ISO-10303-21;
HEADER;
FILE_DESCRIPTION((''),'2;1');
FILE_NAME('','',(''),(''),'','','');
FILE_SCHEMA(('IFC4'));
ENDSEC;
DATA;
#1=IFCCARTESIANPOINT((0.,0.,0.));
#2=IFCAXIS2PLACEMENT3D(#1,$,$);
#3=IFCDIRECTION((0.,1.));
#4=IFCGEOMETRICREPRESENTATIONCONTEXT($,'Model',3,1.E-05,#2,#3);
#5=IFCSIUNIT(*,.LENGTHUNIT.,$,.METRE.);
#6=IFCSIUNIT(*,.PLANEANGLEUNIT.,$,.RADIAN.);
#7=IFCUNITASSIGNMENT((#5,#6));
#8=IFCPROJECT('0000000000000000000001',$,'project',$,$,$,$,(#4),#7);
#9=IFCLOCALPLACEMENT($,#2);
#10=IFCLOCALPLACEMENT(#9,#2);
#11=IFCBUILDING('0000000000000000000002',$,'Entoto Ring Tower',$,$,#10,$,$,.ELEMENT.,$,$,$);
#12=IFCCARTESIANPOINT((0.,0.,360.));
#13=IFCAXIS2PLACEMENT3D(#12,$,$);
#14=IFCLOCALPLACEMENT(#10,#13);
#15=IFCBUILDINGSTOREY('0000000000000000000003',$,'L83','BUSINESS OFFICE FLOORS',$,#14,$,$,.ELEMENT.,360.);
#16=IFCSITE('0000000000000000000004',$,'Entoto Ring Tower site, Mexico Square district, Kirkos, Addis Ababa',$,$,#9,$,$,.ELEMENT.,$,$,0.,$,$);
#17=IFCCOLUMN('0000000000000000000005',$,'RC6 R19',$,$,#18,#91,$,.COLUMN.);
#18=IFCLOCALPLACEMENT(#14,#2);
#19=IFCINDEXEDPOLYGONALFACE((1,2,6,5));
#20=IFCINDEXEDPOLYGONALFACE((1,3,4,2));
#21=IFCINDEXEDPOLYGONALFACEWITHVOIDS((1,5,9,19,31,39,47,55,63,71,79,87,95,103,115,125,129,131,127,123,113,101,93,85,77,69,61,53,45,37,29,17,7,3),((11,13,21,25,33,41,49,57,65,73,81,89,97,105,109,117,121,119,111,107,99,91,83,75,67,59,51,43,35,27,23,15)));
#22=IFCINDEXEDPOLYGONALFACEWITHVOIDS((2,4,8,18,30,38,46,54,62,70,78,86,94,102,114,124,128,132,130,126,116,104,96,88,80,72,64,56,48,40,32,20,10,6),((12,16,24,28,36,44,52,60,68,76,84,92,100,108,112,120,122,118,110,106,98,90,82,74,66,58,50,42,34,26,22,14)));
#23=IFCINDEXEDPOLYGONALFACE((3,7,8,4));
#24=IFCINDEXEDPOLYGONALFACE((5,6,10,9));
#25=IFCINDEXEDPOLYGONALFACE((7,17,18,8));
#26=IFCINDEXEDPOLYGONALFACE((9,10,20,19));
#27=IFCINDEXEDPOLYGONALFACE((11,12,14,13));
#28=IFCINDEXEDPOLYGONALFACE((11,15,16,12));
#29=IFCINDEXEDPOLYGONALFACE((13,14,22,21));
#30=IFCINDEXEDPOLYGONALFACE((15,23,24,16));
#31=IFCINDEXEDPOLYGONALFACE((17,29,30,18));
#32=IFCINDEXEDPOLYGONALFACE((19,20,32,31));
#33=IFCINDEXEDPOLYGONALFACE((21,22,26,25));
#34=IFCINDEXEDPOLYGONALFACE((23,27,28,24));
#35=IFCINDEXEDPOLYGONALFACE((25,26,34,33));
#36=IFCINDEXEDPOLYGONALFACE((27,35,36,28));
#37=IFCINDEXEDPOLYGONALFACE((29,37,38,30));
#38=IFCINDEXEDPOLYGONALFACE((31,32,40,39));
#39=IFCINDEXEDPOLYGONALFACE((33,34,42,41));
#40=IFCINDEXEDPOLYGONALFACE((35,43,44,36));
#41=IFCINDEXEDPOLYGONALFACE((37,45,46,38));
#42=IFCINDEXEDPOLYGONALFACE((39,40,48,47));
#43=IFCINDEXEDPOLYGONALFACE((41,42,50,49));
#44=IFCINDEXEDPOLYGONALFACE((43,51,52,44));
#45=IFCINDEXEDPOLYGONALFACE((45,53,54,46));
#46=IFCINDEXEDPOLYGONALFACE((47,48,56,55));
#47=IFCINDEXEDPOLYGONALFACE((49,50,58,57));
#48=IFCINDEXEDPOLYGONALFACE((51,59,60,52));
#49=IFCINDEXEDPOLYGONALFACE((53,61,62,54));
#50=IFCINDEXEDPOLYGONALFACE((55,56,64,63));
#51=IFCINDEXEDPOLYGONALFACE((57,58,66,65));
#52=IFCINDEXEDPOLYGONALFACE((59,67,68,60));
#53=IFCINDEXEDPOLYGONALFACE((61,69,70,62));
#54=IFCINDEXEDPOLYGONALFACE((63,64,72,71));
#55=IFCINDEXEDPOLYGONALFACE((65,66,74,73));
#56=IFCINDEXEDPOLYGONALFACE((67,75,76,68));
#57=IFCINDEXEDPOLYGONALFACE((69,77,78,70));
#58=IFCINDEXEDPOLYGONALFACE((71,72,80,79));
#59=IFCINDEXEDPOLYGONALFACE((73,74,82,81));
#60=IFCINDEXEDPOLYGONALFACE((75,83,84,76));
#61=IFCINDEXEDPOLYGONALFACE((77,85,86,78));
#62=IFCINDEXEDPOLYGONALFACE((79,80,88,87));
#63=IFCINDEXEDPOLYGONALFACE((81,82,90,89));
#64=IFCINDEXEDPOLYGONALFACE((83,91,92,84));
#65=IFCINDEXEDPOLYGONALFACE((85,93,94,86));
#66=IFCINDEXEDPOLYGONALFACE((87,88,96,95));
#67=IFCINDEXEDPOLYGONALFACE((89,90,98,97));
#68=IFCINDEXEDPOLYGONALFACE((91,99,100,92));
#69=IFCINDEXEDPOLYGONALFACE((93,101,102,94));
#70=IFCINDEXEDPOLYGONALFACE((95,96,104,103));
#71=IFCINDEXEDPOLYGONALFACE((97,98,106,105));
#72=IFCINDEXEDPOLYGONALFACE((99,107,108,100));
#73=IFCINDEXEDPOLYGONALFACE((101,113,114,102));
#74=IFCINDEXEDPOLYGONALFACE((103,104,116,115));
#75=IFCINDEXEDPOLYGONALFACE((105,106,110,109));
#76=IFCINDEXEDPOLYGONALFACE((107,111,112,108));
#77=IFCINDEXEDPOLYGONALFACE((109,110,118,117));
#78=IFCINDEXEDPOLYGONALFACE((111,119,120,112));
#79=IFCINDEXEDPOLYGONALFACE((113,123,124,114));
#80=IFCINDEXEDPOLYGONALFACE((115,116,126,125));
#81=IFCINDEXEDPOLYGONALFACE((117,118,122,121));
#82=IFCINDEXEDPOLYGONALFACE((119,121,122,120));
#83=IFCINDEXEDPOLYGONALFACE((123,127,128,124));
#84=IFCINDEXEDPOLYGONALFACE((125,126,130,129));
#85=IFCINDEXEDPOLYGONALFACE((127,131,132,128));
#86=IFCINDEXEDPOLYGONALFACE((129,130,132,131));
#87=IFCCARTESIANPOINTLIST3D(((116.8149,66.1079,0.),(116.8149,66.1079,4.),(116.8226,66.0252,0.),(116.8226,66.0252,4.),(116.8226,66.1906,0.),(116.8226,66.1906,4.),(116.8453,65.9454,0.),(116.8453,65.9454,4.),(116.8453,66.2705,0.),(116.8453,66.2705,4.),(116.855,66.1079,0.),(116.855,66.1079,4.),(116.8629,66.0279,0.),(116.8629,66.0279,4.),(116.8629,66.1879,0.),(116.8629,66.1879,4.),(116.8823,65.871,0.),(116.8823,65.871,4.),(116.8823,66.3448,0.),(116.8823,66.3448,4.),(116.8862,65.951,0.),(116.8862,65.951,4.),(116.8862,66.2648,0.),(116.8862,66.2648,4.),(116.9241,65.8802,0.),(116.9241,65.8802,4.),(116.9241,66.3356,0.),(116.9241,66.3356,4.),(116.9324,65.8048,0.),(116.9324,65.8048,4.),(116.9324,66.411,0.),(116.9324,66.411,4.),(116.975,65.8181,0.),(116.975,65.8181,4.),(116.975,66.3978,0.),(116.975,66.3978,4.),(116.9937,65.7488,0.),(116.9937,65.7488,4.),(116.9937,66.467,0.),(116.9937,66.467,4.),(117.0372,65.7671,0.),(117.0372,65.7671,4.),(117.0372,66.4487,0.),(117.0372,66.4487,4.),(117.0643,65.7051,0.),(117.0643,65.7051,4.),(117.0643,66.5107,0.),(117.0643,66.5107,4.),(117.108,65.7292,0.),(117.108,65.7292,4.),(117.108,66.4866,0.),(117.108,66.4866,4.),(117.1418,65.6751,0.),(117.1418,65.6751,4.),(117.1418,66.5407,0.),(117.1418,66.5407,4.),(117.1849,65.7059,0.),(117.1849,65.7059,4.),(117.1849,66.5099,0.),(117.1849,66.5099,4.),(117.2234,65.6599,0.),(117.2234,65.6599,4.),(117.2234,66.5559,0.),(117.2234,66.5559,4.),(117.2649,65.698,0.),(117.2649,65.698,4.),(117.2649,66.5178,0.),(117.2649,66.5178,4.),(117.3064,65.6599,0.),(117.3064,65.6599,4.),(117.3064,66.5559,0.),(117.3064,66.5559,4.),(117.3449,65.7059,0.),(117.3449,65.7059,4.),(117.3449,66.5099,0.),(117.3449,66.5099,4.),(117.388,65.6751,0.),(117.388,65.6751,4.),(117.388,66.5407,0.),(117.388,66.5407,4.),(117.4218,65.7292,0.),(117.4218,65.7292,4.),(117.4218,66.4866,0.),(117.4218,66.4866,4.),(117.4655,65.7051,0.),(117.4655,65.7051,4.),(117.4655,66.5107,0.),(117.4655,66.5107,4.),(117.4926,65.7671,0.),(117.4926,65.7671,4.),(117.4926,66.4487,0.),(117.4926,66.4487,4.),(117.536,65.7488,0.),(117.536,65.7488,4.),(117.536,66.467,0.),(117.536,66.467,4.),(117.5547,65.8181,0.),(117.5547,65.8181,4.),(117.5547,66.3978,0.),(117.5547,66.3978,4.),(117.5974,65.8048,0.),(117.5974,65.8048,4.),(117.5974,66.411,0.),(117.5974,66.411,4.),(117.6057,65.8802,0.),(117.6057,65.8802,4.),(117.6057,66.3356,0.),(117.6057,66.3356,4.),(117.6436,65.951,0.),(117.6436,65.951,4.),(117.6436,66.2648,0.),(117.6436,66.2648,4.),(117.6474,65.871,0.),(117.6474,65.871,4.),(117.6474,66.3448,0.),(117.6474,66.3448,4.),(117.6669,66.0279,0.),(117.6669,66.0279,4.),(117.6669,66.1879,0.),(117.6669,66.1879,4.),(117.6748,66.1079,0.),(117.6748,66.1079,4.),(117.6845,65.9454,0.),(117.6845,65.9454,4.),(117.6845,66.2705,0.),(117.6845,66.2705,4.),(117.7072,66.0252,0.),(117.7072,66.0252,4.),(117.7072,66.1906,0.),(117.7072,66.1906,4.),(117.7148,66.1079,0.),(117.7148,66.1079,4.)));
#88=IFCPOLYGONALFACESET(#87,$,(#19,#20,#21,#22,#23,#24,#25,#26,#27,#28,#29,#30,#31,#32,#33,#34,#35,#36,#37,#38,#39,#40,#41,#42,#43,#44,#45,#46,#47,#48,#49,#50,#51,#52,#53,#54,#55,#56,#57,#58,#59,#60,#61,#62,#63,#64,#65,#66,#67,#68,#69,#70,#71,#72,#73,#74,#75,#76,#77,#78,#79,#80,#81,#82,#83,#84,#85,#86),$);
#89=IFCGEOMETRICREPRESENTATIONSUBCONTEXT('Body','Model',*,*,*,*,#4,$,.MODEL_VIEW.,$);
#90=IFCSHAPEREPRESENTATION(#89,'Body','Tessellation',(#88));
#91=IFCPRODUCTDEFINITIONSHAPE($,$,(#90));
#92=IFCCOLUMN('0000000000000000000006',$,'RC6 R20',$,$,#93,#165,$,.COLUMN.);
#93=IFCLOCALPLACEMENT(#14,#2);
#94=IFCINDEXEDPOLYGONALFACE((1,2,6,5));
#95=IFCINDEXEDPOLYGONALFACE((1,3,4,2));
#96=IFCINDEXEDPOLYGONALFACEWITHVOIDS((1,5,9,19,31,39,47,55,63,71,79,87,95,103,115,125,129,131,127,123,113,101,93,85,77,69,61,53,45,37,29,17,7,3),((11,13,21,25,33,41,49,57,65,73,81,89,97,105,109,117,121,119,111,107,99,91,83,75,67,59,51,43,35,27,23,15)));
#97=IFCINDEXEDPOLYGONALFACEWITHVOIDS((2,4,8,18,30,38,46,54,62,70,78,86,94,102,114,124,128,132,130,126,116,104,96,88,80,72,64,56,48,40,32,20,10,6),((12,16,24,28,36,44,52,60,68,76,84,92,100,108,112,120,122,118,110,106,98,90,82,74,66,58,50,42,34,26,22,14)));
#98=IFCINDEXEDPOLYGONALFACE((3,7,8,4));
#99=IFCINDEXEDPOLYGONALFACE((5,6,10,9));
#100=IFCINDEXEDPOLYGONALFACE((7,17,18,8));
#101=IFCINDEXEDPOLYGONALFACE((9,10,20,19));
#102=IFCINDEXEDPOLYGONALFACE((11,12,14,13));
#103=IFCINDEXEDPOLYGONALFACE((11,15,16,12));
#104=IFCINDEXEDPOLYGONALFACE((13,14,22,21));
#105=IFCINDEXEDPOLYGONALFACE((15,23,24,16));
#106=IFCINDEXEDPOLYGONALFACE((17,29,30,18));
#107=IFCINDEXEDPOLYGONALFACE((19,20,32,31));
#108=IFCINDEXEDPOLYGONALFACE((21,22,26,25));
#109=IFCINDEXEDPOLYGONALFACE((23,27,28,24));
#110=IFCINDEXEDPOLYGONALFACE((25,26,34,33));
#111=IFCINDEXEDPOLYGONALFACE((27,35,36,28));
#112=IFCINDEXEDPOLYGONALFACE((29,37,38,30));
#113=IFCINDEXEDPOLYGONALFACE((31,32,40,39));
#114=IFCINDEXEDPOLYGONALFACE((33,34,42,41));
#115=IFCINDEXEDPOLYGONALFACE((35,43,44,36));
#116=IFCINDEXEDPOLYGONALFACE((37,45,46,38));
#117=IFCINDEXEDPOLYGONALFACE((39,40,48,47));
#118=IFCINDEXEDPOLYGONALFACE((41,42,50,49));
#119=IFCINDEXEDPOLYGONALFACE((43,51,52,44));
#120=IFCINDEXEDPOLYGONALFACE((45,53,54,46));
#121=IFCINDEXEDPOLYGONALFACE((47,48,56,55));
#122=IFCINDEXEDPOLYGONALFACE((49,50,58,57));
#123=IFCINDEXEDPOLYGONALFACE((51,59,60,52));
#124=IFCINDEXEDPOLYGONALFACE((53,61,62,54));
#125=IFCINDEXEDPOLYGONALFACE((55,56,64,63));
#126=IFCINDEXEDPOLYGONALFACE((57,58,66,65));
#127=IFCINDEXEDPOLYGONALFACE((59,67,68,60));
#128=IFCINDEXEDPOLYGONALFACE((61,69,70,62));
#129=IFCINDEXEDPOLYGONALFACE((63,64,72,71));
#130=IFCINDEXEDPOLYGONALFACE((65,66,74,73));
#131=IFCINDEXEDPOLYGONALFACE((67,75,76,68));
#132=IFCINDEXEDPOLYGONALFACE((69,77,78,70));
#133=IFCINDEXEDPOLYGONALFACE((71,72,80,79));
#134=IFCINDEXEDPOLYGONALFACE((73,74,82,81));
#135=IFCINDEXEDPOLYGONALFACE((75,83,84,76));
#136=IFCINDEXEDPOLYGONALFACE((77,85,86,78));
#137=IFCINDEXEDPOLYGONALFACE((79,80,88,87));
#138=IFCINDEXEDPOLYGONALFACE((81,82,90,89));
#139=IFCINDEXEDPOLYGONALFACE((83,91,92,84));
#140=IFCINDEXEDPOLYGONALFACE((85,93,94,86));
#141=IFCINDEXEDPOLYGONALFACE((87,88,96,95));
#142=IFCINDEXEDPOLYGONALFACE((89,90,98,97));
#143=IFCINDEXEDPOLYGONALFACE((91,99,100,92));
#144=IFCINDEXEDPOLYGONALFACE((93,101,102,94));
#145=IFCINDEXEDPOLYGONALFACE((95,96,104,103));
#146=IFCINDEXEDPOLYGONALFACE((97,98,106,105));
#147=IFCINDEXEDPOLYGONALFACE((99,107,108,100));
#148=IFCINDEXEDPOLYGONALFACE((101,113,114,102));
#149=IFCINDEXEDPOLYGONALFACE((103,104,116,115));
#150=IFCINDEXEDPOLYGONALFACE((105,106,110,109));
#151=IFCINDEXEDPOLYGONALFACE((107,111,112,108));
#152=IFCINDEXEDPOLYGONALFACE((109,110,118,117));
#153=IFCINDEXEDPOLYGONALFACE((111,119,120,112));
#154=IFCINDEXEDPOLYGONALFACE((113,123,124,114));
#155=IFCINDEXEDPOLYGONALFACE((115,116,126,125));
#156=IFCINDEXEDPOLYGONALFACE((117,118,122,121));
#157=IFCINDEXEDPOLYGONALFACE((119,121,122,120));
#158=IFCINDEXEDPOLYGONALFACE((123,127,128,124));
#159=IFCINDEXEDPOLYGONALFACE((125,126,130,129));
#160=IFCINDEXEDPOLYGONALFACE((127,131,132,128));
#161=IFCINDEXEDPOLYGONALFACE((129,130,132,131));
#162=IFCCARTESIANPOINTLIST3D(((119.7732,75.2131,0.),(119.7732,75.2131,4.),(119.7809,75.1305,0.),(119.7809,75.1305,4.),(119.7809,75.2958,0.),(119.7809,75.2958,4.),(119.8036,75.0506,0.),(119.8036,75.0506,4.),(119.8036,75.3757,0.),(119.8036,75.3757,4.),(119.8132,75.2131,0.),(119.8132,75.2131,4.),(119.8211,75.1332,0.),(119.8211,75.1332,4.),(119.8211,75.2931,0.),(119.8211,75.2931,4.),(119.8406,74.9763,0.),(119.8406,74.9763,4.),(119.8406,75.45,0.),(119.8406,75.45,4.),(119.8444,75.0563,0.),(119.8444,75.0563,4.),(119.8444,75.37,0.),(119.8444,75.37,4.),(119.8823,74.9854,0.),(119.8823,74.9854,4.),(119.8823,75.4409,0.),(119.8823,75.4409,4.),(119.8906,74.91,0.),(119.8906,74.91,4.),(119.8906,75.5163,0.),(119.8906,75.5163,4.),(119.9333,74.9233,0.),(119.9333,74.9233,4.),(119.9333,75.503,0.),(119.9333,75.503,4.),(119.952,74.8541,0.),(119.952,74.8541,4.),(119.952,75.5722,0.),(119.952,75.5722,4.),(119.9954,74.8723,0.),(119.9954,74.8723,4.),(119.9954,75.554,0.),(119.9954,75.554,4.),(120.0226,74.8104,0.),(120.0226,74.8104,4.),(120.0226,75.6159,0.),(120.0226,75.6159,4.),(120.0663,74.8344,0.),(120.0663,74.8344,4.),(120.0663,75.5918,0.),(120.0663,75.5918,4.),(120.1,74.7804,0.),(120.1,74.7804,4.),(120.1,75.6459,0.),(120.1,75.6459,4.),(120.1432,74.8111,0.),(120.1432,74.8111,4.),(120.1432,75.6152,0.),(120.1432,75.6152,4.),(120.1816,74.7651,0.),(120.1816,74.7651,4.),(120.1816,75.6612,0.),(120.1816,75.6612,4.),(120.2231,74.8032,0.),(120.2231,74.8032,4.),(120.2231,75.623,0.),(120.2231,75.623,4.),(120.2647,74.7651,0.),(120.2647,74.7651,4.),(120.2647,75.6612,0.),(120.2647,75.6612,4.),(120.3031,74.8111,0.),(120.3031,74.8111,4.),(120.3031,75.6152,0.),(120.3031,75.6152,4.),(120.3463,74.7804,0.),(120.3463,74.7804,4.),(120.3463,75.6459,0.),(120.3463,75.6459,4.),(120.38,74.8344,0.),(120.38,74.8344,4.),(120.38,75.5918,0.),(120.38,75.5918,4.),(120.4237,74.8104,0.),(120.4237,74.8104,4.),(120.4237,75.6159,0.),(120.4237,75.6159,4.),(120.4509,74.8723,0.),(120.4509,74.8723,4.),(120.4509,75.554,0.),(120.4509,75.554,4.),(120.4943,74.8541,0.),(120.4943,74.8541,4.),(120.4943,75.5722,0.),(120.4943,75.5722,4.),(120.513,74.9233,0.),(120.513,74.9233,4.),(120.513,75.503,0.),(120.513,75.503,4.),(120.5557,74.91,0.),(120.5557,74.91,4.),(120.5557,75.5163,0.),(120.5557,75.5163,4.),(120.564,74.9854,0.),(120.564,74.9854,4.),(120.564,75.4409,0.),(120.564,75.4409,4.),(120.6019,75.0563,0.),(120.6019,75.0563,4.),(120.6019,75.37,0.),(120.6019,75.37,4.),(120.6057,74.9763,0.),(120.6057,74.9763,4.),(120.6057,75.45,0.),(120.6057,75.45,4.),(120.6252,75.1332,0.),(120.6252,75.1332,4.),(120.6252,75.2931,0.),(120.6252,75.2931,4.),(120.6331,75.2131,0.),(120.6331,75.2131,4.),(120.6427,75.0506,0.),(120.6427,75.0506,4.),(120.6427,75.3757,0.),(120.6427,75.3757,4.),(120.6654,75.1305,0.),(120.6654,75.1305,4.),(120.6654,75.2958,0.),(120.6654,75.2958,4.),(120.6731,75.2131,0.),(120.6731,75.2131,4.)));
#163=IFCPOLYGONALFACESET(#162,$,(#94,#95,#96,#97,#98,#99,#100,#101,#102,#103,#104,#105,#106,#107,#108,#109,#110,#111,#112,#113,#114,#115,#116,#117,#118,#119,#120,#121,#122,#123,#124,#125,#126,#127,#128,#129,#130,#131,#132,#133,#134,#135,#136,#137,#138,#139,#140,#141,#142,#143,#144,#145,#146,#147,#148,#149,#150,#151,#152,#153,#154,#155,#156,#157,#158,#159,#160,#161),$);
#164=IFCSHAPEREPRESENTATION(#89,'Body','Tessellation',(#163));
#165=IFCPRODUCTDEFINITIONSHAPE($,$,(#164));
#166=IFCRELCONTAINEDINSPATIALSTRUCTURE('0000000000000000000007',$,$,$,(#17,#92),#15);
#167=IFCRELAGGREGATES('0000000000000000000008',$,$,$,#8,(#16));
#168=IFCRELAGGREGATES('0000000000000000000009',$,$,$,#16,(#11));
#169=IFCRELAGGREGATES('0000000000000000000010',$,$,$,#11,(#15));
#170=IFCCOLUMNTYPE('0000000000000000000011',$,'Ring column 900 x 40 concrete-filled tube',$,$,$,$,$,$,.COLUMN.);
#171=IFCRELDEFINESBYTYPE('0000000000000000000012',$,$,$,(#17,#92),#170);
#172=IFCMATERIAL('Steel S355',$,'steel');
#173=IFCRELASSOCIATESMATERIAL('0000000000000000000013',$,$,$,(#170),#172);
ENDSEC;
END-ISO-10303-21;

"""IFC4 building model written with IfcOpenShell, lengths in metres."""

from ifc_helpers import new_model, si_unit, direction, frame, origin, origin_2d, place, context, subcontext, project, spatial, circle, hollow_circle, extrude, material, material_profile, profile_set, type_object, element, save


model = new_model("IFC4")

# Units and contexts
model_context = context("Model", 3, precision=1e-05, world=origin(), true_north=direction((0.0, 1.0)))
body_context = subcontext(model_context, "Body", "Model", "MODEL_VIEW")
ifc_project = project(units=[si_unit("LENGTHUNIT", "METRE"), si_unit("PLANEANGLEUNIT", "RADIAN")], contexts=[model_context])

# Site, building, storey
site_placement = place(None, origin())
site = spatial("IfcSite", under=ifc_project, at=site_placement, Name="Entoto Ring Tower site, Mexico Square district, Kirkos, Addis Ababa", CompositionType="ELEMENT", RefElevation=0.0)
building_placement = place(site_placement, origin())
building = spatial("IfcBuilding", under=site, at=building_placement, Name="Entoto Ring Tower", CompositionType="ELEMENT")
storey_placement = place(building_placement, frame((0.0, 0.0, 360.0)))
storey = spatial("IfcBuildingStorey", under=building, at=storey_placement, Name="L83", Description="BUSINESS OFFICE FLOORS", CompositionType="ELEMENT", Elevation=360.0)

# Columns
ifc_material_1 = material(Name="Steel S355", Category="steel")
ifc_material_profile_1 = material_profile(ifc_material_1, hollow_circle(Radius=0.45, WallThickness=0.04, at=origin_2d()), Name="CHS 900 x 40")
ifc_material_2 = material(Name="Concrete C60/75", Category="concrete")
ifc_material_profile_2 = material_profile(ifc_material_2, circle(Radius=0.4099, at=origin_2d()), Name="Concrete C60/75 infill")
ifc_profile_set_1 = profile_set([ifc_material_profile_1, ifc_material_profile_2], Name="Steel S355")
column_type = type_object("IfcColumnType", Name="Ring column 900 x 40 concrete-filled tube", PredefinedType="COLUMN", material=ifc_profile_set_1)
for number, where, z_axis, x_axis, name in (
    (1, (117.2649, 66.1079, 0.0), (0.0, 0.0, 1.0), (1.0, 0.0, 0.0), "RC6 R19"),
    (2, (120.2231, 75.2131, 0.0), (0.0, 0.0, 1.0), (1.0, 0.0, 0.0), "RC6 R20"),
):
    element("IfcColumn", number, at=place(storey_placement, frame(where, z_axis=z_axis, x_axis=x_axis)), inside=storey, type_object=column_type, Name=name, PredefinedType="COLUMN", context=body_context, shape_type="SweptSolid", body=[
        extrude(hollow_circle(Radius=0.45, WallThickness=0.04, at=origin_2d()), origin(), (0.0, 0.0, 1.0), 4.0),
    ])

save(model, "model.ifc")
